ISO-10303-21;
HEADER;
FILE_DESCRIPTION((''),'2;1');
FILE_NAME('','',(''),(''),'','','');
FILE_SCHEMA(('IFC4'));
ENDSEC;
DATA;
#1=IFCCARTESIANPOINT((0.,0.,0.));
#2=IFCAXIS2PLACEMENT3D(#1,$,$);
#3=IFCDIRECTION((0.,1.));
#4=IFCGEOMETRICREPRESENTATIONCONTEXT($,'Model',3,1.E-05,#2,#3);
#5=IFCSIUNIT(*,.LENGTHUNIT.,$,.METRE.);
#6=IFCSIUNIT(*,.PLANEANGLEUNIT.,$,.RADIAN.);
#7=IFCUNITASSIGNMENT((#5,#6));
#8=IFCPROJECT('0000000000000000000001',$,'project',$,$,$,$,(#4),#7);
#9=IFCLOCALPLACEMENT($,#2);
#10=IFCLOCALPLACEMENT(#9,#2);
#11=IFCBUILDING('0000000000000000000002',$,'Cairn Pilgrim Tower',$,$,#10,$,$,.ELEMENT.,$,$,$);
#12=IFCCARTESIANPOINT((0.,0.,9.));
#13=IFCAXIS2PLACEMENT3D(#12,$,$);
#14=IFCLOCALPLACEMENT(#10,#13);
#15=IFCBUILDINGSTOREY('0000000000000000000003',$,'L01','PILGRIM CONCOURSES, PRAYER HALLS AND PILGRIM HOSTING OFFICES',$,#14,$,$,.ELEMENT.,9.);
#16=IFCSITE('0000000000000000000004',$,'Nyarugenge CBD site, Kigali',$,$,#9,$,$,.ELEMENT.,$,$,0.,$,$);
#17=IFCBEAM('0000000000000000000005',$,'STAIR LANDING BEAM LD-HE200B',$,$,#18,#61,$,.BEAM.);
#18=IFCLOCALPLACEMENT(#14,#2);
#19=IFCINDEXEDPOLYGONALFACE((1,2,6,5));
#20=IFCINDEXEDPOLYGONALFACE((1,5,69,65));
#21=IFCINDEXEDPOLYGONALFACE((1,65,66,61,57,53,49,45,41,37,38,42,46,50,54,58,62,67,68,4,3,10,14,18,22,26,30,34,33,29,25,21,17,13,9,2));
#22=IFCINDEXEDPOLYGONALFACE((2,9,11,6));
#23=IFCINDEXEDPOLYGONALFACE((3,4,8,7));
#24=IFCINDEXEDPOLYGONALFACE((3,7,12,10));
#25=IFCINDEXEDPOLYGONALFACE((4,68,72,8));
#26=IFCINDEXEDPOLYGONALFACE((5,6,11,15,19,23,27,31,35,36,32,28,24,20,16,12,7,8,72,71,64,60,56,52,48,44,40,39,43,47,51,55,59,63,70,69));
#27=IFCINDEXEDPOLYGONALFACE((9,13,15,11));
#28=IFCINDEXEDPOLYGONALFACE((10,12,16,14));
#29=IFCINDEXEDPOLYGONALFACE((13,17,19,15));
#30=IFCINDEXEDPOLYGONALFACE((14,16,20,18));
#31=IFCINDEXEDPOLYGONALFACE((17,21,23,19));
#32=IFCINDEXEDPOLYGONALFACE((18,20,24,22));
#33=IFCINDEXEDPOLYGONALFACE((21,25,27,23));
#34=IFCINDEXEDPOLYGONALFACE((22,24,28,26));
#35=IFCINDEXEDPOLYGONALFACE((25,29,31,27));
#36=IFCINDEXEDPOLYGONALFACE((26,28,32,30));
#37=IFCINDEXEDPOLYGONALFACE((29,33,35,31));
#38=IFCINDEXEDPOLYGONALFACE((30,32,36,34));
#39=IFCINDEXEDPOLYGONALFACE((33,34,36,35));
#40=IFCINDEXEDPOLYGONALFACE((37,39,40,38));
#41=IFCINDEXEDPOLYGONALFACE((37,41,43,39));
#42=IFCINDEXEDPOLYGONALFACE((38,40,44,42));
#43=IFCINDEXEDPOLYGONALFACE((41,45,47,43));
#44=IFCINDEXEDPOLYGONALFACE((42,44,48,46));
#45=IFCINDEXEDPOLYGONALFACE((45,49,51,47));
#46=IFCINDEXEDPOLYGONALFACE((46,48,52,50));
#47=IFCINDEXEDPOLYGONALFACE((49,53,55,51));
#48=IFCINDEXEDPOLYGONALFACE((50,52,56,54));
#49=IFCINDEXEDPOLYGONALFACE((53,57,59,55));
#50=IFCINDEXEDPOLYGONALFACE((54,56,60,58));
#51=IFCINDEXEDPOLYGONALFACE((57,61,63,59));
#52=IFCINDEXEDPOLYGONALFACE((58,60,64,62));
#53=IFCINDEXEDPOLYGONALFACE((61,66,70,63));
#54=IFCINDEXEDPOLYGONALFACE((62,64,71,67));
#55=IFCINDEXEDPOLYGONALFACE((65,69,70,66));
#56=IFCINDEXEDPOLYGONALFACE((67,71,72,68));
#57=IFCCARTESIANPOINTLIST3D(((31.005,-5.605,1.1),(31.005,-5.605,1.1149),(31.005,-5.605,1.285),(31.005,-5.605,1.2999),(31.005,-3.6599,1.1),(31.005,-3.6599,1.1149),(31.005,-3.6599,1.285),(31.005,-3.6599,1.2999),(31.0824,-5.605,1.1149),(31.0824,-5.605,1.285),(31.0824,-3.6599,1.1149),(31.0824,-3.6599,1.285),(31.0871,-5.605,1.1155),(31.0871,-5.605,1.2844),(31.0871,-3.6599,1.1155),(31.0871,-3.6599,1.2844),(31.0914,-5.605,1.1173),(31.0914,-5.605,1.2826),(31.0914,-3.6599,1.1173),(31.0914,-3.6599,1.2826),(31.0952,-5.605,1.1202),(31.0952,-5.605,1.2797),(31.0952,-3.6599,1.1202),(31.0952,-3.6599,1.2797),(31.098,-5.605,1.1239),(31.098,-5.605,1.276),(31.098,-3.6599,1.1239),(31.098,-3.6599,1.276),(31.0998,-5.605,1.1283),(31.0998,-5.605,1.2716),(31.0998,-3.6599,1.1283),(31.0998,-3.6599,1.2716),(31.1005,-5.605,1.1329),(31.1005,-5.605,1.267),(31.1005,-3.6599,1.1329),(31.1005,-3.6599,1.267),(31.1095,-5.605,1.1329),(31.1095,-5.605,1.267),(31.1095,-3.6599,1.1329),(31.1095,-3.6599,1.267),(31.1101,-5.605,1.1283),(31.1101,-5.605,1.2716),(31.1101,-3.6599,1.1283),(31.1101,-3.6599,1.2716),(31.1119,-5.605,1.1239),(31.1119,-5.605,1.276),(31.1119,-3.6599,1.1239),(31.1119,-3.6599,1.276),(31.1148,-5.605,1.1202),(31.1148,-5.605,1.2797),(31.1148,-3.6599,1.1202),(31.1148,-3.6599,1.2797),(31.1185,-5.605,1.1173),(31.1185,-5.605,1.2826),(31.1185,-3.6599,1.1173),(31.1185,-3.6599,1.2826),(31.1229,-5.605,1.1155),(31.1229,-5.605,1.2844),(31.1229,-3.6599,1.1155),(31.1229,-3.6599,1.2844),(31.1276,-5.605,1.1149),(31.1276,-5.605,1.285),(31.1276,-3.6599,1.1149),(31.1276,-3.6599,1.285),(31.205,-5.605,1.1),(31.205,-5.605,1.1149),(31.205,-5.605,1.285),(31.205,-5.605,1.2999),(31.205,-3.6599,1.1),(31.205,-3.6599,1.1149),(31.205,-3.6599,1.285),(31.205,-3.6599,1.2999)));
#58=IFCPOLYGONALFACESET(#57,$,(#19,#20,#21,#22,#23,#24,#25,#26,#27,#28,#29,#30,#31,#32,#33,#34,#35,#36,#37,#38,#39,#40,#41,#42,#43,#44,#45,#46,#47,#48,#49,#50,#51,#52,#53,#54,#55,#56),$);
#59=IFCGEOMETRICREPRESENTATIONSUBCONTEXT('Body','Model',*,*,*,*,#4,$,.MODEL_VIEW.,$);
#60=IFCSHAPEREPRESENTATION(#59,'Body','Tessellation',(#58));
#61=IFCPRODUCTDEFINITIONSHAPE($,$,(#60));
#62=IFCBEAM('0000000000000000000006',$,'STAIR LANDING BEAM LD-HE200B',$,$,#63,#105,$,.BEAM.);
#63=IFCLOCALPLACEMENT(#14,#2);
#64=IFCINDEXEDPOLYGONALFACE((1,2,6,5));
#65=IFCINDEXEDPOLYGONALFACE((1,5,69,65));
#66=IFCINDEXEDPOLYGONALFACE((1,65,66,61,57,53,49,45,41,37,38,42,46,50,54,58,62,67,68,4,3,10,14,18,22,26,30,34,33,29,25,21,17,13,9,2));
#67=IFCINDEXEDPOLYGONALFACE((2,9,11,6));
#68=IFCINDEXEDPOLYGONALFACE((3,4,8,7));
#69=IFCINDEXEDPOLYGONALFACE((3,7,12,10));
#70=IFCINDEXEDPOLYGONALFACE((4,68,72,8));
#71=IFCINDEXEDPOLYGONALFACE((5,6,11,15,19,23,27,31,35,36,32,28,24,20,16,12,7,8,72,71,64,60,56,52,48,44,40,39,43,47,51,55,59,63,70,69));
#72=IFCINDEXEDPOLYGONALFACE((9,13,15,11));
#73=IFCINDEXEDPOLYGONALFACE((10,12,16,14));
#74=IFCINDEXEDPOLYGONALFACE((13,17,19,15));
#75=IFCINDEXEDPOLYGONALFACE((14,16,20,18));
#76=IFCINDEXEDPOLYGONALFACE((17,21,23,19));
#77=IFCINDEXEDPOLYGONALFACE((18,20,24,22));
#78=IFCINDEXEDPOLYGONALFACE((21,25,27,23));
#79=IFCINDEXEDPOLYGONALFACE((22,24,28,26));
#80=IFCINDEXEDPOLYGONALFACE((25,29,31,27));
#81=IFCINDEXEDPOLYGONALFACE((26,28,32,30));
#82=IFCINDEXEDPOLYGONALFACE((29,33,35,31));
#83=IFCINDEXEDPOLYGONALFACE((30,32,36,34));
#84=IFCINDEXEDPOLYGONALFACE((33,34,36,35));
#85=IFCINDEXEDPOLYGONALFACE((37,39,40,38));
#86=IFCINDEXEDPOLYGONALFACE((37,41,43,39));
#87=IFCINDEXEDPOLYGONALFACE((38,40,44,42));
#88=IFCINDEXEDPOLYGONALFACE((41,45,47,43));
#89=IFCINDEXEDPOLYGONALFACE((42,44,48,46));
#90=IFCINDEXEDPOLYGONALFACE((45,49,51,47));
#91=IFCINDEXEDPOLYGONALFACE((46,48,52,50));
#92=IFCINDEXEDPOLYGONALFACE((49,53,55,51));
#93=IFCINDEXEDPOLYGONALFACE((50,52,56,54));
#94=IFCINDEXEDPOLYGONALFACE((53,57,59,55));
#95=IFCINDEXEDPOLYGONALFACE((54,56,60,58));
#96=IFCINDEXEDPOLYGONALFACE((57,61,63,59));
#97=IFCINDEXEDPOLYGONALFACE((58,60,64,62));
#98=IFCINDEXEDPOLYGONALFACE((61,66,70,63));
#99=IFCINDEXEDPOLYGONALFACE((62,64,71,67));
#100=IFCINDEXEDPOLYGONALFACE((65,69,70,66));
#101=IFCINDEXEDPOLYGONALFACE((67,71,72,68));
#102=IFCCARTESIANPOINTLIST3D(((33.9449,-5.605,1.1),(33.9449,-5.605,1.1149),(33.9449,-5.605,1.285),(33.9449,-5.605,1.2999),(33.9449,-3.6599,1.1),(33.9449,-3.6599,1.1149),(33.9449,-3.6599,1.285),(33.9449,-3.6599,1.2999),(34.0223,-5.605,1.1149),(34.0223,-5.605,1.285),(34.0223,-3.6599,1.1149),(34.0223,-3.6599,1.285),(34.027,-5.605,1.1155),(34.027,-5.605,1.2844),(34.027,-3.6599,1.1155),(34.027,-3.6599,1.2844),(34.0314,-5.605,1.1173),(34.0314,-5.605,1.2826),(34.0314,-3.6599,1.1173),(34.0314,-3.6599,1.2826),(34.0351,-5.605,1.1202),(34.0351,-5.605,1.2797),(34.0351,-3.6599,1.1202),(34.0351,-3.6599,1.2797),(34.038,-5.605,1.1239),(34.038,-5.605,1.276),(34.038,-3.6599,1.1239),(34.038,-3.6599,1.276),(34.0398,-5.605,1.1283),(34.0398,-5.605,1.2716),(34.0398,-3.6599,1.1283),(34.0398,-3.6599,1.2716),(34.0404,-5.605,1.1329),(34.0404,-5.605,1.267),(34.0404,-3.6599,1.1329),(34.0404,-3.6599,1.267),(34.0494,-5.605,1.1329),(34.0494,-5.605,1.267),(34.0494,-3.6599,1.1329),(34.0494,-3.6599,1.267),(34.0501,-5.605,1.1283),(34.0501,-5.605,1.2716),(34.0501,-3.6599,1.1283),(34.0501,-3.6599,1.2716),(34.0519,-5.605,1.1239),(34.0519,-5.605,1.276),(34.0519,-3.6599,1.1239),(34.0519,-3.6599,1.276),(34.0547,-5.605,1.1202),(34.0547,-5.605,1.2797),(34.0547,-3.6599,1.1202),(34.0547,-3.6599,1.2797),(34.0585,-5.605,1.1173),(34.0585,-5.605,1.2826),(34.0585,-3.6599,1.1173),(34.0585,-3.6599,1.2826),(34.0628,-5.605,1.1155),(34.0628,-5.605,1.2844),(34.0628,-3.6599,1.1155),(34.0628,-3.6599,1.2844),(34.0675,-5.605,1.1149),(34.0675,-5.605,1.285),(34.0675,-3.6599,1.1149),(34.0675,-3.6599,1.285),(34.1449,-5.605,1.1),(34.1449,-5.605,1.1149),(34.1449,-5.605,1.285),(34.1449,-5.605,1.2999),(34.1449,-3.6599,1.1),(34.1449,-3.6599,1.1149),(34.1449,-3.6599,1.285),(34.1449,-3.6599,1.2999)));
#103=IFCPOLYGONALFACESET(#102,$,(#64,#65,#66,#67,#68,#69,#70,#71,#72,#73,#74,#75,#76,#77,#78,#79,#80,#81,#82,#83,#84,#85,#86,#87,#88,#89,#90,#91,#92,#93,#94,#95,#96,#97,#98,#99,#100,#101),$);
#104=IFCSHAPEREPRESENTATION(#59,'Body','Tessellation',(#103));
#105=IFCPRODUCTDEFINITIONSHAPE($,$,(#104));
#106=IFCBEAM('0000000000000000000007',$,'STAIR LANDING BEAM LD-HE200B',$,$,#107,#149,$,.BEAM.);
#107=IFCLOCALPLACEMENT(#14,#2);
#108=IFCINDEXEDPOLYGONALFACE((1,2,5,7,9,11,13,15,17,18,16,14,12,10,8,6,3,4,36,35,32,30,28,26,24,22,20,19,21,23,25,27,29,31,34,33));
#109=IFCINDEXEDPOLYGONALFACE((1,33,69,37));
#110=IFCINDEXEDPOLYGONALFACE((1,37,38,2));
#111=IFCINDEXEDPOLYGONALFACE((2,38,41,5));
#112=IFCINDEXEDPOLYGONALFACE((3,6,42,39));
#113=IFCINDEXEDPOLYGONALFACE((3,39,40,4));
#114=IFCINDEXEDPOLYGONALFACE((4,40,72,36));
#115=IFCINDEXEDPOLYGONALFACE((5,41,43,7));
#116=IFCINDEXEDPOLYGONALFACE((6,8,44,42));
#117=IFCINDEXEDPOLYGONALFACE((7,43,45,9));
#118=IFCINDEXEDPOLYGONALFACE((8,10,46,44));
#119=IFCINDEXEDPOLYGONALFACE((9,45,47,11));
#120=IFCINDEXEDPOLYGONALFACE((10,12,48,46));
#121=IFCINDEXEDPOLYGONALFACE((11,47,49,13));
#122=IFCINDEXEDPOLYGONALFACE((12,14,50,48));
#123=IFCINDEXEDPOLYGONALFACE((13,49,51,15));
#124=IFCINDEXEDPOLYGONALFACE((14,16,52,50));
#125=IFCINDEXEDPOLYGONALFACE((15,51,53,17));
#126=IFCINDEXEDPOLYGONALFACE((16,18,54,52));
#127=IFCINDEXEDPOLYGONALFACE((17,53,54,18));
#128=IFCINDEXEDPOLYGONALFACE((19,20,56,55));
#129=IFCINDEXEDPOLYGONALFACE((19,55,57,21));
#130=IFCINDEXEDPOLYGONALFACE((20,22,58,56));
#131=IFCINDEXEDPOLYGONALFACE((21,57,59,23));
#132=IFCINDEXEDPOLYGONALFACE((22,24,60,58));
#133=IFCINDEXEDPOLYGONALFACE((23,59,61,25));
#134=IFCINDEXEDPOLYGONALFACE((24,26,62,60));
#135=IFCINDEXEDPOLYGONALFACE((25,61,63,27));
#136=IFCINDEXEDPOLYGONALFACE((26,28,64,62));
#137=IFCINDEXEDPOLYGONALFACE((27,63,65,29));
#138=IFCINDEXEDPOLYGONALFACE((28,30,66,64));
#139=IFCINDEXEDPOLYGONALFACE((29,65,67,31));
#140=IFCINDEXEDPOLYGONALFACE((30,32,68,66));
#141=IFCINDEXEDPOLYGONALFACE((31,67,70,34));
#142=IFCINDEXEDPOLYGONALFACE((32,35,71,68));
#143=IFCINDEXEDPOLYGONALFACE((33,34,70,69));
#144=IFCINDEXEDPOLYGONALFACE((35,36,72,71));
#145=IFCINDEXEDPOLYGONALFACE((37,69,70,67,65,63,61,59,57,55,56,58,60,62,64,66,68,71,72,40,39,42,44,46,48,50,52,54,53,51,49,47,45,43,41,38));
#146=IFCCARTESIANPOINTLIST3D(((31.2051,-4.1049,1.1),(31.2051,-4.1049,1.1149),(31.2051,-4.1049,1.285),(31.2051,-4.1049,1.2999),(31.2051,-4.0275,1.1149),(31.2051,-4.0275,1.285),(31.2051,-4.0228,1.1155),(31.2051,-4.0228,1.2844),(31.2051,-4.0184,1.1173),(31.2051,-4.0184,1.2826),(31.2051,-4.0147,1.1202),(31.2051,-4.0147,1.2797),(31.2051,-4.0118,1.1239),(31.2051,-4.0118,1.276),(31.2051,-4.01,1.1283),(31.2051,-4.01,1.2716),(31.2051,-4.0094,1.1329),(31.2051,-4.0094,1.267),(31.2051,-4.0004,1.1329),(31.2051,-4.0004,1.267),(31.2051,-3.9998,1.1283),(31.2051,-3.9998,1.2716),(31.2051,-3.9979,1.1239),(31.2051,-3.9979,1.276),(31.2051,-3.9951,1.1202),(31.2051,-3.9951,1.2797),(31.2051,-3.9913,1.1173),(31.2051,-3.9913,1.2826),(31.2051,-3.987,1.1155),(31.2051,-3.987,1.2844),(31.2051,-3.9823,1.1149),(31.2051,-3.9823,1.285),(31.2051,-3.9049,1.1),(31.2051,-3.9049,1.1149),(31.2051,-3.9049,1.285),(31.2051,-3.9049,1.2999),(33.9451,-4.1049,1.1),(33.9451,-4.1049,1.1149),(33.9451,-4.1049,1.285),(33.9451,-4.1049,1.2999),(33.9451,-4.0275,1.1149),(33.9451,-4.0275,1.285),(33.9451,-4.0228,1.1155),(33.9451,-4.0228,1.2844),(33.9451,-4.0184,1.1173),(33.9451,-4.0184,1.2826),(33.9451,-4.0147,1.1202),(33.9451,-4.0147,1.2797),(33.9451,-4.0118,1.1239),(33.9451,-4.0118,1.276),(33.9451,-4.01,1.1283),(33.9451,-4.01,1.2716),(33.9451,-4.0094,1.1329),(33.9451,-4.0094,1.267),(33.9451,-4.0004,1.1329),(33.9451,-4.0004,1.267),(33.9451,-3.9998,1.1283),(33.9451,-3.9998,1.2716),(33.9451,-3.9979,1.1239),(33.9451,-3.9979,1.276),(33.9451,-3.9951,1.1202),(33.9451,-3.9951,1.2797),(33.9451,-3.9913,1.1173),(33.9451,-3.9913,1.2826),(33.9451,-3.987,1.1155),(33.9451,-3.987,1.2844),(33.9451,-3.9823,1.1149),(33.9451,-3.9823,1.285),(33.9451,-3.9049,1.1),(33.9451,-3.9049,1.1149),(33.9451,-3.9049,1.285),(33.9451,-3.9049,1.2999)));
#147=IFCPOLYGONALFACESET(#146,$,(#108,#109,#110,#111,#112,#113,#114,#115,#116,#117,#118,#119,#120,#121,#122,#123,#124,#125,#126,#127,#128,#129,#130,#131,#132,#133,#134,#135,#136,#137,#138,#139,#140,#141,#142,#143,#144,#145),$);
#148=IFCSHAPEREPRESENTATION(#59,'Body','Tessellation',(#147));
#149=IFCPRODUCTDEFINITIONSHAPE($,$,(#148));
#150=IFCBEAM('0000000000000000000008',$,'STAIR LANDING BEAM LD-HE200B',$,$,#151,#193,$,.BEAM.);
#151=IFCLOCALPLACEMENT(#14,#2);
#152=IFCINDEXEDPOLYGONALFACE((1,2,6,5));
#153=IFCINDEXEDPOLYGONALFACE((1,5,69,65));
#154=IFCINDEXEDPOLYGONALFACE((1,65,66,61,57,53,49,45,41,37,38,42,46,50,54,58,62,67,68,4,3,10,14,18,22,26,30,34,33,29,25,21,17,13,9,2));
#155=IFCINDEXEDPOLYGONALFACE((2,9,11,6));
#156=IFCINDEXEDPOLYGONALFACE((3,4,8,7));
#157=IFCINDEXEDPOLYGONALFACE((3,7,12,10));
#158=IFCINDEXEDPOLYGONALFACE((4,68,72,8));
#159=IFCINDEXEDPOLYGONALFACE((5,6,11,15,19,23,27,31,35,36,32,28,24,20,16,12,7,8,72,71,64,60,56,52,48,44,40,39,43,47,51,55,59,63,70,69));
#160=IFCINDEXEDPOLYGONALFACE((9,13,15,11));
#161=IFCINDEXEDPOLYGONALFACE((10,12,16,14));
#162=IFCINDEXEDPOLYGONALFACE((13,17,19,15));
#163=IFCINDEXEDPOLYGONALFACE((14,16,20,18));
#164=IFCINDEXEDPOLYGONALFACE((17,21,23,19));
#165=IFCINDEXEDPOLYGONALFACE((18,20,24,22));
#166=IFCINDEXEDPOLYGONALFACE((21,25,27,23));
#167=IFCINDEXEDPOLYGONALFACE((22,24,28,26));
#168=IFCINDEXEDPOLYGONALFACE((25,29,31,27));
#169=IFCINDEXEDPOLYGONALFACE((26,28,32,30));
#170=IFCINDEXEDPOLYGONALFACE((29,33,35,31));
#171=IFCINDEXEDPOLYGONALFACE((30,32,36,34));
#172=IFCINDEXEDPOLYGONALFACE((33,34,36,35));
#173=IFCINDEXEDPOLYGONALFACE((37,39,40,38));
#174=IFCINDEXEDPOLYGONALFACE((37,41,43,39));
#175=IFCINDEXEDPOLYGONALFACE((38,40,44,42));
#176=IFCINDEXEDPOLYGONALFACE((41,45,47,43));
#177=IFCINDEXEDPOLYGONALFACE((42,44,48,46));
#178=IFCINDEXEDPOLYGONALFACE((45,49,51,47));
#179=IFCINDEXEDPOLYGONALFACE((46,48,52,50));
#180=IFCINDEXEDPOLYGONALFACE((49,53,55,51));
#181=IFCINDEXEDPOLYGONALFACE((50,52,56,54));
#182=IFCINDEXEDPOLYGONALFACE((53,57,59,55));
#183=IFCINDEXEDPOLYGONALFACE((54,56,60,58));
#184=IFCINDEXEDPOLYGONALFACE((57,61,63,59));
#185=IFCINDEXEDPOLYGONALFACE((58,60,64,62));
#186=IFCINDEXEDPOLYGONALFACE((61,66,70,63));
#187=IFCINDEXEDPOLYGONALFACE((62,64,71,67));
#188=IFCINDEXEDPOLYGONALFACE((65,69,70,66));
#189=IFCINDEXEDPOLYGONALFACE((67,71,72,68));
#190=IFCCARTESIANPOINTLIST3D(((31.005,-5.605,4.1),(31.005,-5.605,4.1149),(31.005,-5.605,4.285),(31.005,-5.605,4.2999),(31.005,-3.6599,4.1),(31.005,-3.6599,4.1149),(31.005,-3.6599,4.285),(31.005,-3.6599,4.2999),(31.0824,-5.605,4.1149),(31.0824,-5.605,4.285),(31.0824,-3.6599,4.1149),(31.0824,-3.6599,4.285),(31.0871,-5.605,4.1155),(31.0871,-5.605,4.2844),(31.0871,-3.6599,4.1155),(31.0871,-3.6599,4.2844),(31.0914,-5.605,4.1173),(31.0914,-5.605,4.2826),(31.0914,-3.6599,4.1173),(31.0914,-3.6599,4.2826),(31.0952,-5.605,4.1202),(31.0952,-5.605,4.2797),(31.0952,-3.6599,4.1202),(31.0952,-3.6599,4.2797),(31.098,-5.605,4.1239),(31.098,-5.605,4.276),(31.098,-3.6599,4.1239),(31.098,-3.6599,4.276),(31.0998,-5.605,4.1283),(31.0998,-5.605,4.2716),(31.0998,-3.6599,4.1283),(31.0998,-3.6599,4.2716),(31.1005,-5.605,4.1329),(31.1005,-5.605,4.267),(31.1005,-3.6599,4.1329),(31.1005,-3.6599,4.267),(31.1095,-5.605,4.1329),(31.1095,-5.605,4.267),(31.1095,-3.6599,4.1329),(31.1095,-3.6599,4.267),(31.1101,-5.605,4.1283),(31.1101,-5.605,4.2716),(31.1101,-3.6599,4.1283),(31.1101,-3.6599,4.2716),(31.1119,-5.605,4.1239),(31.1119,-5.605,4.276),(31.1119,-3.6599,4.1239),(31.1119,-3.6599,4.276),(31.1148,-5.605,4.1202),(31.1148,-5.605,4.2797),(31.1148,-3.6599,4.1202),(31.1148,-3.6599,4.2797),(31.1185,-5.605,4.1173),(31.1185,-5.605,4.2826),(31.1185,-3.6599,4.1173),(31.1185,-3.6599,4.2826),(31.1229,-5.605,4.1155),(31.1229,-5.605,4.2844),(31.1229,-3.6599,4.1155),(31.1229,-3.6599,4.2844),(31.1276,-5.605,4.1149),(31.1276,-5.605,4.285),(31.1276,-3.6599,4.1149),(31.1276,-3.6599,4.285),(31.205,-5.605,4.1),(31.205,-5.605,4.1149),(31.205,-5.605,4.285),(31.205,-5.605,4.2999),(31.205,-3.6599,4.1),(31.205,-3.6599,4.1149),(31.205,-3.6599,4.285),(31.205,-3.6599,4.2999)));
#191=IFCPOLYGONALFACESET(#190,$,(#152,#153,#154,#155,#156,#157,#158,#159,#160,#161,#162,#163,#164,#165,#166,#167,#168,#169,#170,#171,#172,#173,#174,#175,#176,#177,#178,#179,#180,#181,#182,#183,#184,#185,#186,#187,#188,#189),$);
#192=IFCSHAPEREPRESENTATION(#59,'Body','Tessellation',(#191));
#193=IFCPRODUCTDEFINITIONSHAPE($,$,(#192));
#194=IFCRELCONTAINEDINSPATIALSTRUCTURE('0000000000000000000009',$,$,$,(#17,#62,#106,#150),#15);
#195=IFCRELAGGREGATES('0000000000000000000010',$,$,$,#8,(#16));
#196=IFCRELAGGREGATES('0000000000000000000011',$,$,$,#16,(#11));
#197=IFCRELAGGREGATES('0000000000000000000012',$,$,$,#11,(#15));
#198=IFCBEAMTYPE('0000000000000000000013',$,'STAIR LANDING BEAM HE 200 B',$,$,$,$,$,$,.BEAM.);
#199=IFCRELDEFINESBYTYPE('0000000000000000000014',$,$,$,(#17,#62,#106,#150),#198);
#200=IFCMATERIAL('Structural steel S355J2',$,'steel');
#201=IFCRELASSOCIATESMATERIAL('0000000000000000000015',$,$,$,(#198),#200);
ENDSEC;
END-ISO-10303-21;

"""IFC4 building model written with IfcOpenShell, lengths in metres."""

from ifc_helpers import new_model, si_unit, direction, frame, origin, origin_2d, place, context, subcontext, project, spatial, i_section, extrude, material, material_profile, profile_set, type_object, element, save


model = new_model("IFC4")

# Units and contexts
model_context = context("Model", 3, precision=1e-05, world=origin(), true_north=direction((0.0, 1.0)))
body_context = subcontext(model_context, "Body", "Model", "MODEL_VIEW")
ifc_project = project(units=[si_unit("LENGTHUNIT", "METRE"), si_unit("PLANEANGLEUNIT", "RADIAN")], contexts=[model_context])

# Site, building, storey
site_placement = place(None, origin())
site = spatial("IfcSite", under=ifc_project, at=site_placement, Name="Nyarugenge CBD site, Kigali", CompositionType="ELEMENT", RefElevation=0.0)
building_placement = place(site_placement, origin())
building = spatial("IfcBuilding", under=site, at=building_placement, Name="Cairn Pilgrim Tower", CompositionType="ELEMENT")
storey_placement = place(building_placement, frame((0.0, 0.0, 9.0)))
storey = spatial("IfcBuildingStorey", under=building, at=storey_placement, Name="L01", Description="PILGRIM CONCOURSES, PRAYER HALLS AND PILGRIM HOSTING OFFICES", CompositionType="ELEMENT", Elevation=9.0)

# Shared definitions
ifc_material_1 = material(Name="Structural steel S355J2", Category="steel")

# Beams
ifc_material_profile_1 = material_profile(ifc_material_1, i_section(OverallWidth=0.2, OverallDepth=0.2, WebThickness=0.009, FlangeThickness=0.0149, FilletRadius=0.0181, at=origin_2d()), Name="HE 200 B")
ifc_profile_set_1 = profile_set([ifc_material_profile_1], Name="Structural steel S355J2")
beam_type_1 = type_object("IfcBeamType", Name="STAIR LANDING BEAM HE 200 B", PredefinedType="BEAM", material=ifc_profile_set_1)
for number, where, z_axis, x_axis, name in (
    (1, (31.105, -3.6599, 1.2), (0.0, -1.0, 0.0), (1.0, 0.0, 0.0), "STAIR LANDING BEAM LD-HE200B"),
    (2, (34.0449, -3.6599, 1.2), (0.0, -1.0, 0.0), (1.0, 0.0, 0.0), "STAIR LANDING BEAM LD-HE200B"),
):
    element("IfcBeam", number, at=place(storey_placement, frame(where, z_axis=z_axis, x_axis=x_axis)), inside=storey, type_object=beam_type_1, Name=name, PredefinedType="BEAM", context=body_context, shape_type="SweptSolid", body=[
        extrude(i_section(OverallWidth=0.2, OverallDepth=0.2, WebThickness=0.009, FlangeThickness=0.0149, FilletRadius=0.0181, at=origin_2d()), origin(), (0.0, 0.0, 1.0), 1.9451),
    ])
beam_1_placement = place(storey_placement, frame((31.2051, -4.0049, 1.2), z_axis=(1.0, 0.0, 0.0), x_axis=(0.0, 1.0, 0.0)))
element("IfcBeam", 3, at=beam_1_placement, inside=storey, type_object=beam_type_1, Name="STAIR LANDING BEAM LD-HE200B", PredefinedType="BEAM", context=body_context, shape_type="SweptSolid", body=[
    extrude(i_section(OverallWidth=0.2, OverallDepth=0.2, WebThickness=0.009, FlangeThickness=0.0149, FilletRadius=0.0181, at=origin_2d()), origin(), (0.0, 0.0, 1.0), 2.74),
])
for number, where, z_axis, x_axis, name in (
    (4, (31.105, -3.6599, 4.2), (0.0, -1.0, 0.0), (1.0, 0.0, 0.0), "STAIR LANDING BEAM LD-HE200B"),
):
    element("IfcBeam", number, at=place(storey_placement, frame(where, z_axis=z_axis, x_axis=x_axis)), inside=storey, type_object=beam_type_1, Name=name, PredefinedType="BEAM", context=body_context, shape_type="SweptSolid", body=[
        extrude(i_section(OverallWidth=0.2, OverallDepth=0.2, WebThickness=0.009, FlangeThickness=0.0149, FilletRadius=0.0181, at=origin_2d()), origin(), (0.0, 0.0, 1.0), 1.9451),
    ])

save(model, "model.ifc")
